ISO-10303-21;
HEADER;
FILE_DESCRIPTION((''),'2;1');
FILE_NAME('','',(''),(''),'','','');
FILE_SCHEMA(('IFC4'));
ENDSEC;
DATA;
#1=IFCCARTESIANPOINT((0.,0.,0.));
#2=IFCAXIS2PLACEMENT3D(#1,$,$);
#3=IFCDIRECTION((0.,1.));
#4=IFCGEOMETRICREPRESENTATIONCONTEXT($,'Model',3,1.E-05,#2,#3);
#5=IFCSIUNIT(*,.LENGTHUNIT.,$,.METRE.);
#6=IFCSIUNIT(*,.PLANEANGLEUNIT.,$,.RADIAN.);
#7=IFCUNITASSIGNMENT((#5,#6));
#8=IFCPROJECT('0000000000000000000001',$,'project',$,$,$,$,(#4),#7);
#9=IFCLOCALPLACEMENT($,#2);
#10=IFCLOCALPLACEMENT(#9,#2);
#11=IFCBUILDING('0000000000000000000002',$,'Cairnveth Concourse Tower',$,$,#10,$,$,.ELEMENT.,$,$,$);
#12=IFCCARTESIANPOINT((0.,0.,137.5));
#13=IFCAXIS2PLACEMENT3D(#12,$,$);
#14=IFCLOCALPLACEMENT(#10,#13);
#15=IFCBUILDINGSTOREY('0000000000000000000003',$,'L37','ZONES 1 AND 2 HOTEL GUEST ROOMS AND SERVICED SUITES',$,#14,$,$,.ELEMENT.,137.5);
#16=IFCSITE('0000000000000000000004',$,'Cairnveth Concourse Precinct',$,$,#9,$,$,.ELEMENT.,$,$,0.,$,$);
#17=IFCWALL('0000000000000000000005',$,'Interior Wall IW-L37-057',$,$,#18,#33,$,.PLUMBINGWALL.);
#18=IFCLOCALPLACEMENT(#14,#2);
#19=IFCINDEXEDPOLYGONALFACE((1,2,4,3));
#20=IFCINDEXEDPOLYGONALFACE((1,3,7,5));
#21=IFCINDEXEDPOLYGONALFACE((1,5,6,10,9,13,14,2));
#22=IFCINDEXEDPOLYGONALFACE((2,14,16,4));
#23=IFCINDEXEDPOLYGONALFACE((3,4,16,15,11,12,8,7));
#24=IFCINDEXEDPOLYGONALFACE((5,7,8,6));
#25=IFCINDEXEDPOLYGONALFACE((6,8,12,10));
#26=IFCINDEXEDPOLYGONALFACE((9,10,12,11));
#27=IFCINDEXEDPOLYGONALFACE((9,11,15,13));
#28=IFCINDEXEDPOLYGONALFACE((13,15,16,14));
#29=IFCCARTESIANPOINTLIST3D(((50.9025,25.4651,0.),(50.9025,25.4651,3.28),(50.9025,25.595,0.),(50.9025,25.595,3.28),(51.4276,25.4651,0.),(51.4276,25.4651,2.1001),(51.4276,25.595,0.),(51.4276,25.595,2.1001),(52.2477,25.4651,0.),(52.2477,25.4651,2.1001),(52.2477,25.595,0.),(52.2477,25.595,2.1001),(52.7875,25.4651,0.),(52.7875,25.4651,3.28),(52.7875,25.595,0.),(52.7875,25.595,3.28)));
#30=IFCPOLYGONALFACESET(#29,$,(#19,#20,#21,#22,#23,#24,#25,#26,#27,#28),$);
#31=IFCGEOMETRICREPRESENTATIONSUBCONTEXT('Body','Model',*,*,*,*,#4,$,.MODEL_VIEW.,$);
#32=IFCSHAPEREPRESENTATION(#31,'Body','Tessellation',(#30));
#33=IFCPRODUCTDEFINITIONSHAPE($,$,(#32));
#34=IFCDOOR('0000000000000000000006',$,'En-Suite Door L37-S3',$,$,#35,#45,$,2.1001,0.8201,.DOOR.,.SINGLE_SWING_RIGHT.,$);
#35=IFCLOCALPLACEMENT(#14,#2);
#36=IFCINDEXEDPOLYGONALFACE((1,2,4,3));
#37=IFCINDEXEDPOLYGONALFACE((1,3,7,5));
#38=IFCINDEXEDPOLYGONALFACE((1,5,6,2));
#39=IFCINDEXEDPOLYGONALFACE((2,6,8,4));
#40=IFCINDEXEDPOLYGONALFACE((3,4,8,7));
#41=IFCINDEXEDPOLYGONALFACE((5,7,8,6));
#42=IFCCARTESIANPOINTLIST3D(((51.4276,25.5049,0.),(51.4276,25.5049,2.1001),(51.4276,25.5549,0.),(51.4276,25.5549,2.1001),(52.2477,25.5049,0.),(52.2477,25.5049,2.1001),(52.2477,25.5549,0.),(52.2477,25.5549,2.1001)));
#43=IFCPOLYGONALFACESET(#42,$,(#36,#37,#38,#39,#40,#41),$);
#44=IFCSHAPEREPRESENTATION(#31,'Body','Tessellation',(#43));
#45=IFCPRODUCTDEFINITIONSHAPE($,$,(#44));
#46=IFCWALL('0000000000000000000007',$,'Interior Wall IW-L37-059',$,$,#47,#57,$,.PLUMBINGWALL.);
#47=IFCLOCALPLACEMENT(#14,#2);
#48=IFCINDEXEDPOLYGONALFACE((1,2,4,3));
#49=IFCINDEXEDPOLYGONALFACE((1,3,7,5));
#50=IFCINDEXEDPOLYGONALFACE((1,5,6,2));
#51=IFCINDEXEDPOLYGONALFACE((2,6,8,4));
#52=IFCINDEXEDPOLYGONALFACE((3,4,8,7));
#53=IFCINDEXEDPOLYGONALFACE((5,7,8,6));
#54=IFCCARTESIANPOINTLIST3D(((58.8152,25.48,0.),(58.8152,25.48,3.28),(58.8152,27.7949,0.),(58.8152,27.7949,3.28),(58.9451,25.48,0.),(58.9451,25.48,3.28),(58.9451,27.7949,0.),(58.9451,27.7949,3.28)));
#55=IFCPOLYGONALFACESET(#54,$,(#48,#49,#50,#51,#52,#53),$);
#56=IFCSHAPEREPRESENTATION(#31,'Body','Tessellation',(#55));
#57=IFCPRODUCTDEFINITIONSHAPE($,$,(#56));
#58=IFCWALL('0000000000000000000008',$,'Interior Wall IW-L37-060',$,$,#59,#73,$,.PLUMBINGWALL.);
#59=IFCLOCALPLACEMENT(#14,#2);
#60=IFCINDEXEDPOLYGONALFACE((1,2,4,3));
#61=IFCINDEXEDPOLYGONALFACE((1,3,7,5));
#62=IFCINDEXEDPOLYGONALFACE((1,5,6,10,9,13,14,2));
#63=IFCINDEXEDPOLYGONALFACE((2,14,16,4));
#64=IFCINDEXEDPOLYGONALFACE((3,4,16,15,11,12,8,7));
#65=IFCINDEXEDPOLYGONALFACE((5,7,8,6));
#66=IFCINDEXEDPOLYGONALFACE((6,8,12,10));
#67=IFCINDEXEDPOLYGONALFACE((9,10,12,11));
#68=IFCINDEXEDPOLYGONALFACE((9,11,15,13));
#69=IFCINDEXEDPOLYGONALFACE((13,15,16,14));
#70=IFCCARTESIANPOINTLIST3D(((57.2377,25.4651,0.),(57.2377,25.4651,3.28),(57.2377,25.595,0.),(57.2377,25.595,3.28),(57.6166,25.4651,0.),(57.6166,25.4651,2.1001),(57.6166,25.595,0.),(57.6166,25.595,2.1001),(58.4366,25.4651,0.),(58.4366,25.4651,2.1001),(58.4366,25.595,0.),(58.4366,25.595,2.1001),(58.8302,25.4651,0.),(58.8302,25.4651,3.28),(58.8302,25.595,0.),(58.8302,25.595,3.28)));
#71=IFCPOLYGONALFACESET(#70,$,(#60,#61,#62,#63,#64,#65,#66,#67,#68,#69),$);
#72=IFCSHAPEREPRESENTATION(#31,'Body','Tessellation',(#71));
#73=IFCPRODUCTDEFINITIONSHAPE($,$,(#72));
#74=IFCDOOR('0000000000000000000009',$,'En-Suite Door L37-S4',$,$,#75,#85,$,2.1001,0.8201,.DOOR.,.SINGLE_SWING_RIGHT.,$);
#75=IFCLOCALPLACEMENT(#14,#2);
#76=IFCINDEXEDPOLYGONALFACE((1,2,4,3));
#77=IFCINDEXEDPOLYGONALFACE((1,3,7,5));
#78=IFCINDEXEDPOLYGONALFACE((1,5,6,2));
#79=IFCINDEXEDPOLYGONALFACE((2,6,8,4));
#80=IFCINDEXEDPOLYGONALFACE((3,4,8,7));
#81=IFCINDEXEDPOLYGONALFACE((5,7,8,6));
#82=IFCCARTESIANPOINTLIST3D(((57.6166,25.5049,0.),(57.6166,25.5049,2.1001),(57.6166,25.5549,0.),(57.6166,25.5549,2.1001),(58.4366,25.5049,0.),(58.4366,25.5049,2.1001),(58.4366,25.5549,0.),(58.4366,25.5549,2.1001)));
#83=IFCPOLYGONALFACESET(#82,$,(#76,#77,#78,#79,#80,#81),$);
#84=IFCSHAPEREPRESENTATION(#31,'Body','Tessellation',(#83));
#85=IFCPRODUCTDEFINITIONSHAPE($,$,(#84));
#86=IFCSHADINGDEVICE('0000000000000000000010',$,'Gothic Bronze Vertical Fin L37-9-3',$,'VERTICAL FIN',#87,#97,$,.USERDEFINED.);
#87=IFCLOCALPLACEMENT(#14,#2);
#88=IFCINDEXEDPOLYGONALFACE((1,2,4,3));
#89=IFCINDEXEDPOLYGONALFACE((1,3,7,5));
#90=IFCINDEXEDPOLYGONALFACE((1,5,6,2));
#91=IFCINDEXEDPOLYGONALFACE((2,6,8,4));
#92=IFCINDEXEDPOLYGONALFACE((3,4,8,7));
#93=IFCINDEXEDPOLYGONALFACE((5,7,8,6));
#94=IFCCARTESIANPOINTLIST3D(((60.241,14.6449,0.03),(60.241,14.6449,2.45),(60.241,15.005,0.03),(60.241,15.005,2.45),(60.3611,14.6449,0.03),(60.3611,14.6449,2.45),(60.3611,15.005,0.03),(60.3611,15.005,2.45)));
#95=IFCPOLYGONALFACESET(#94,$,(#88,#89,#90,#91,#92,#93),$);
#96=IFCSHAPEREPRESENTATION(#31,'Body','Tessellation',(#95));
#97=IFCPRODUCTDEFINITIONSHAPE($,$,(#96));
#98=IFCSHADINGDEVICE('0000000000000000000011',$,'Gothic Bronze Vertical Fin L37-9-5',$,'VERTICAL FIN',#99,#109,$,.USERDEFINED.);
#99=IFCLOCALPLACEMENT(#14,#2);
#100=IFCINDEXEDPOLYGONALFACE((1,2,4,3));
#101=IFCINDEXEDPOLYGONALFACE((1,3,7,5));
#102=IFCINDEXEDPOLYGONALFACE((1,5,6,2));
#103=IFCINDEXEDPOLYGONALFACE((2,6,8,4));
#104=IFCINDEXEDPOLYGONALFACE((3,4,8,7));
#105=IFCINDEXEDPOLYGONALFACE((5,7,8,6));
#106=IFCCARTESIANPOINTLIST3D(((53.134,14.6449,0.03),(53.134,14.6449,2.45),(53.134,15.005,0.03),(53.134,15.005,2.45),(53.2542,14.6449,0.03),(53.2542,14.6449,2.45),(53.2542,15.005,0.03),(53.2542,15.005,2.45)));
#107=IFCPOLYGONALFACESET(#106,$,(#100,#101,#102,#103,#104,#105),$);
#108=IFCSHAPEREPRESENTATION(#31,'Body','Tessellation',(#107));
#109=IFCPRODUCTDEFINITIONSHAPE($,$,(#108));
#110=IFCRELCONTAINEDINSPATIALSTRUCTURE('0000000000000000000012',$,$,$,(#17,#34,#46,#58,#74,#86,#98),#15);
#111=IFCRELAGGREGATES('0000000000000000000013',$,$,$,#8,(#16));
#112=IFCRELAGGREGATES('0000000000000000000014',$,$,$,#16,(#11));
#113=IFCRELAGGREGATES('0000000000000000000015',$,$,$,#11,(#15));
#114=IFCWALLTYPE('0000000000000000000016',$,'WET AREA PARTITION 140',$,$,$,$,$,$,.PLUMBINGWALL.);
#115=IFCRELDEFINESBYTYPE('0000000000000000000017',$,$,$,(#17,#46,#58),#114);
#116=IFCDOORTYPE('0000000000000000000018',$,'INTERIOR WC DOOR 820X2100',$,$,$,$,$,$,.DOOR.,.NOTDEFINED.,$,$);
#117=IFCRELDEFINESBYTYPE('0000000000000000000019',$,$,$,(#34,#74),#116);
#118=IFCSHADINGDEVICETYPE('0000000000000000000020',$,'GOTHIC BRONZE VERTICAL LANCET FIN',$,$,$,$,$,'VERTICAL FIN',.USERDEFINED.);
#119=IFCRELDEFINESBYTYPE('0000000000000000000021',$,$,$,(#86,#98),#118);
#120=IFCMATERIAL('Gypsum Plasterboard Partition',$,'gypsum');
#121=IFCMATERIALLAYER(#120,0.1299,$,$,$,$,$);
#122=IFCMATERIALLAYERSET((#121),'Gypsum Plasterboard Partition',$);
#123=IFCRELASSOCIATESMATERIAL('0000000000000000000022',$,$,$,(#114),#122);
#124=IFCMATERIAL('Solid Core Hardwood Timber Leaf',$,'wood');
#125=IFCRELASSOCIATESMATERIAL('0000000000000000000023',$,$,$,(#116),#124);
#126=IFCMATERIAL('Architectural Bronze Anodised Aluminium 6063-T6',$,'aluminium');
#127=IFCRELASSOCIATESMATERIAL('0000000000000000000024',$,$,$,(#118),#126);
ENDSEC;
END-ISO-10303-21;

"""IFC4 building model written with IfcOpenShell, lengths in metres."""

from ifc_helpers import new_model, si_unit, direction, frame, frame_2d, origin, origin_2d, place, context, subcontext, project, spatial, rectangle, extrude, material, layer, layer_set, type_object, element, fill, save


model = new_model("IFC4")

# Units and contexts
model_context = context("Model", 3, precision=1e-05, world=origin(), true_north=direction((0.0, 1.0)))
body_context = subcontext(model_context, "Body", "Model", "MODEL_VIEW")
ifc_project = project(units=[si_unit("LENGTHUNIT", "METRE"), si_unit("PLANEANGLEUNIT", "RADIAN")], contexts=[model_context])

# Site, building, storey
site_placement = place(None, origin())
site = spatial("IfcSite", under=ifc_project, at=site_placement, Name="Cairnveth Concourse Precinct", CompositionType="ELEMENT", RefElevation=0.0)
building_placement = place(site_placement, origin())
building = spatial("IfcBuilding", under=site, at=building_placement, Name="Cairnveth Concourse Tower", CompositionType="ELEMENT")
storey_placement = place(building_placement, frame((0.0, 0.0, 137.5)))
storey = spatial("IfcBuildingStorey", under=building, at=storey_placement, Name="L37", Description="ZONES 1 AND 2 HOTEL GUEST ROOMS AND SERVICED SUITES", CompositionType="ELEMENT", Elevation=137.5)

# Shared definitions
ifc_material_1 = material(Name="Gypsum Plasterboard Partition", Category="gypsum")
ifc_layer_1 = layer(ifc_material_1, 0.1299)
ifc_layer_set_1 = layer_set([ifc_layer_1], Name="Gypsum Plasterboard Partition")
wall_type_1 = type_object("IfcWallType", Name="WET AREA PARTITION 140", PredefinedType="PLUMBINGWALL", material=ifc_layer_set_1)

# Wall, opening, door
wall_1_placement = place(storey_placement, frame((50.9026, 25.53, 0.0), z_axis=(0.0, 0.0, 1.0), x_axis=(1.0, 0.0, 0.0)))
wall_1 = element("IfcWall", 1, at=wall_1_placement, inside=storey, type_object=wall_type_1, Name="Interior Wall IW-L37-057", PredefinedType="PLUMBINGWALL", context=body_context, shape_type="SweptSolid", body=[
    extrude(rectangle(XDim=1.885, YDim=0.1299, at=frame_2d((0.9424, 0.0))), origin(), (0.0, 0.0, 1.0), 3.28),
])
opening_1_placement = place(wall_1_placement, frame((0.5249, 0.0, 0.0)))
opening_1 = element("IfcOpeningElement", 2, at=opening_1_placement, cuts=wall_1, PredefinedType="OPENING", context=body_context, shape_type="SweptSolid", body=[
    extrude(rectangle(XDim=0.8201, YDim=2.1001, at=frame_2d((0.4102, 1.05))), frame((0.0, 0.075, 0.0), z_axis=(0.0, -1.0, 0.0), x_axis=(1.0, 0.0, 0.0)), (0.0, 0.0, 1.0), 0.1499),
])
ifc_material_2 = material(Name="Solid Core Hardwood Timber Leaf", Category="wood")
door_type = type_object("IfcDoorType", Name="INTERIOR WC DOOR 820X2100", OperationType="NOTDEFINED", PredefinedType="DOOR", material=ifc_material_2)
door_1_placement = place(opening_1_placement, origin())
door_1 = element("IfcDoor", 3, at=door_1_placement, inside=storey, type_object=door_type, Name="En-Suite Door L37-S3", OperationType="SINGLE_SWING_RIGHT", OverallHeight=2.1001, OverallWidth=0.8201, PredefinedType="DOOR", context=body_context, shape_type="SweptSolid", body=[
    extrude(rectangle(XDim=0.8201, YDim=2.1001, at=frame_2d((0.4102, 1.05))), frame((0.0, 0.0249, 0.0), z_axis=(0.0, -1.0, 0.0), x_axis=(1.0, 0.0, 0.0)), (0.0, 0.0, 1.0), 0.05),
])
fill(opening_1, door_1)

# Wall
wall_2_placement = place(storey_placement, frame((58.8801, 25.48, 0.0), z_axis=(0.0, 0.0, 1.0), x_axis=(0.0, 1.0, 0.0)))
element("IfcWall", 4, at=wall_2_placement, inside=storey, type_object=wall_type_1, Name="Interior Wall IW-L37-059", PredefinedType="PLUMBINGWALL", context=body_context, shape_type="SweptSolid", body=[
    extrude(rectangle(XDim=2.3149, YDim=0.1299, at=frame_2d((1.1575, 0.0))), origin(), (0.0, 0.0, 1.0), 3.28),
])

# Wall, opening, door
wall_3_placement = place(storey_placement, frame((57.2375, 25.53, 0.0), z_axis=(0.0, 0.0, 1.0), x_axis=(1.0, 0.0, 0.0)))
wall_3 = element("IfcWall", 5, at=wall_3_placement, inside=storey, type_object=wall_type_1, Name="Interior Wall IW-L37-060", PredefinedType="PLUMBINGWALL", context=body_context, shape_type="SweptSolid", body=[
    extrude(rectangle(XDim=1.5925, YDim=0.1299, at=frame_2d((0.7964, 0.0))), origin(), (0.0, 0.0, 1.0), 3.28),
])
opening_2_placement = place(wall_3_placement, frame((0.3789, 0.0, 0.0)))
opening_2 = element("IfcOpeningElement", 6, at=opening_2_placement, cuts=wall_3, PredefinedType="OPENING", context=body_context, shape_type="SweptSolid", body=[
    extrude(rectangle(XDim=0.8201, YDim=2.1001, at=frame_2d((0.4102, 1.05))), frame((0.0, 0.075, 0.0), z_axis=(0.0, -1.0, 0.0), x_axis=(1.0, 0.0, 0.0)), (0.0, 0.0, 1.0), 0.1499),
])
door_2_placement = place(opening_2_placement, origin())
door_2 = element("IfcDoor", 7, at=door_2_placement, inside=storey, type_object=door_type, Name="En-Suite Door L37-S4", OperationType="SINGLE_SWING_RIGHT", OverallHeight=2.1001, OverallWidth=0.8201, PredefinedType="DOOR", context=body_context, shape_type="SweptSolid", body=[
    extrude(rectangle(XDim=0.8201, YDim=2.1001, at=frame_2d((0.4102, 1.05))), frame((0.0, 0.0249, 0.0), z_axis=(0.0, -1.0, 0.0), x_axis=(1.0, 0.0, 0.0)), (0.0, 0.0, 1.0), 0.05),
])
fill(opening_2, door_2)

# Shading devices
ifc_material_3 = material(Name="Architectural Bronze Anodised Aluminium 6063-T6", Category="aluminium")
shading_device_type = type_object("IfcShadingDeviceType", Name="GOTHIC BRONZE VERTICAL LANCET FIN", ElementType="VERTICAL FIN", PredefinedType="USERDEFINED", material=ifc_material_3)
for number, where, z_axis, x_axis, name in (
    (8, (60.301, 14.825, 0.03), (0.0, 0.0, 1.0), (1.0, 0.0, 0.0), "Gothic Bronze Vertical Fin L37-9-3"),
    (9, (53.1941, 14.825, 0.03), (0.0, 0.0, 1.0), (1.0, 0.0, 0.0), "Gothic Bronze Vertical Fin L37-9-5"),
):
    element("IfcShadingDevice", number, at=place(storey_placement, frame(where, z_axis=z_axis, x_axis=x_axis)), inside=storey, type_object=shading_device_type, Name=name, ObjectType="VERTICAL FIN", PredefinedType="USERDEFINED", context=body_context, shape_type="SweptSolid", body=[
        extrude(rectangle(XDim=0.1201, YDim=0.3601, at=origin_2d()), origin(), (0.0, 0.0, 1.0), 2.4199),
    ])

save(model, "model.ifc")
